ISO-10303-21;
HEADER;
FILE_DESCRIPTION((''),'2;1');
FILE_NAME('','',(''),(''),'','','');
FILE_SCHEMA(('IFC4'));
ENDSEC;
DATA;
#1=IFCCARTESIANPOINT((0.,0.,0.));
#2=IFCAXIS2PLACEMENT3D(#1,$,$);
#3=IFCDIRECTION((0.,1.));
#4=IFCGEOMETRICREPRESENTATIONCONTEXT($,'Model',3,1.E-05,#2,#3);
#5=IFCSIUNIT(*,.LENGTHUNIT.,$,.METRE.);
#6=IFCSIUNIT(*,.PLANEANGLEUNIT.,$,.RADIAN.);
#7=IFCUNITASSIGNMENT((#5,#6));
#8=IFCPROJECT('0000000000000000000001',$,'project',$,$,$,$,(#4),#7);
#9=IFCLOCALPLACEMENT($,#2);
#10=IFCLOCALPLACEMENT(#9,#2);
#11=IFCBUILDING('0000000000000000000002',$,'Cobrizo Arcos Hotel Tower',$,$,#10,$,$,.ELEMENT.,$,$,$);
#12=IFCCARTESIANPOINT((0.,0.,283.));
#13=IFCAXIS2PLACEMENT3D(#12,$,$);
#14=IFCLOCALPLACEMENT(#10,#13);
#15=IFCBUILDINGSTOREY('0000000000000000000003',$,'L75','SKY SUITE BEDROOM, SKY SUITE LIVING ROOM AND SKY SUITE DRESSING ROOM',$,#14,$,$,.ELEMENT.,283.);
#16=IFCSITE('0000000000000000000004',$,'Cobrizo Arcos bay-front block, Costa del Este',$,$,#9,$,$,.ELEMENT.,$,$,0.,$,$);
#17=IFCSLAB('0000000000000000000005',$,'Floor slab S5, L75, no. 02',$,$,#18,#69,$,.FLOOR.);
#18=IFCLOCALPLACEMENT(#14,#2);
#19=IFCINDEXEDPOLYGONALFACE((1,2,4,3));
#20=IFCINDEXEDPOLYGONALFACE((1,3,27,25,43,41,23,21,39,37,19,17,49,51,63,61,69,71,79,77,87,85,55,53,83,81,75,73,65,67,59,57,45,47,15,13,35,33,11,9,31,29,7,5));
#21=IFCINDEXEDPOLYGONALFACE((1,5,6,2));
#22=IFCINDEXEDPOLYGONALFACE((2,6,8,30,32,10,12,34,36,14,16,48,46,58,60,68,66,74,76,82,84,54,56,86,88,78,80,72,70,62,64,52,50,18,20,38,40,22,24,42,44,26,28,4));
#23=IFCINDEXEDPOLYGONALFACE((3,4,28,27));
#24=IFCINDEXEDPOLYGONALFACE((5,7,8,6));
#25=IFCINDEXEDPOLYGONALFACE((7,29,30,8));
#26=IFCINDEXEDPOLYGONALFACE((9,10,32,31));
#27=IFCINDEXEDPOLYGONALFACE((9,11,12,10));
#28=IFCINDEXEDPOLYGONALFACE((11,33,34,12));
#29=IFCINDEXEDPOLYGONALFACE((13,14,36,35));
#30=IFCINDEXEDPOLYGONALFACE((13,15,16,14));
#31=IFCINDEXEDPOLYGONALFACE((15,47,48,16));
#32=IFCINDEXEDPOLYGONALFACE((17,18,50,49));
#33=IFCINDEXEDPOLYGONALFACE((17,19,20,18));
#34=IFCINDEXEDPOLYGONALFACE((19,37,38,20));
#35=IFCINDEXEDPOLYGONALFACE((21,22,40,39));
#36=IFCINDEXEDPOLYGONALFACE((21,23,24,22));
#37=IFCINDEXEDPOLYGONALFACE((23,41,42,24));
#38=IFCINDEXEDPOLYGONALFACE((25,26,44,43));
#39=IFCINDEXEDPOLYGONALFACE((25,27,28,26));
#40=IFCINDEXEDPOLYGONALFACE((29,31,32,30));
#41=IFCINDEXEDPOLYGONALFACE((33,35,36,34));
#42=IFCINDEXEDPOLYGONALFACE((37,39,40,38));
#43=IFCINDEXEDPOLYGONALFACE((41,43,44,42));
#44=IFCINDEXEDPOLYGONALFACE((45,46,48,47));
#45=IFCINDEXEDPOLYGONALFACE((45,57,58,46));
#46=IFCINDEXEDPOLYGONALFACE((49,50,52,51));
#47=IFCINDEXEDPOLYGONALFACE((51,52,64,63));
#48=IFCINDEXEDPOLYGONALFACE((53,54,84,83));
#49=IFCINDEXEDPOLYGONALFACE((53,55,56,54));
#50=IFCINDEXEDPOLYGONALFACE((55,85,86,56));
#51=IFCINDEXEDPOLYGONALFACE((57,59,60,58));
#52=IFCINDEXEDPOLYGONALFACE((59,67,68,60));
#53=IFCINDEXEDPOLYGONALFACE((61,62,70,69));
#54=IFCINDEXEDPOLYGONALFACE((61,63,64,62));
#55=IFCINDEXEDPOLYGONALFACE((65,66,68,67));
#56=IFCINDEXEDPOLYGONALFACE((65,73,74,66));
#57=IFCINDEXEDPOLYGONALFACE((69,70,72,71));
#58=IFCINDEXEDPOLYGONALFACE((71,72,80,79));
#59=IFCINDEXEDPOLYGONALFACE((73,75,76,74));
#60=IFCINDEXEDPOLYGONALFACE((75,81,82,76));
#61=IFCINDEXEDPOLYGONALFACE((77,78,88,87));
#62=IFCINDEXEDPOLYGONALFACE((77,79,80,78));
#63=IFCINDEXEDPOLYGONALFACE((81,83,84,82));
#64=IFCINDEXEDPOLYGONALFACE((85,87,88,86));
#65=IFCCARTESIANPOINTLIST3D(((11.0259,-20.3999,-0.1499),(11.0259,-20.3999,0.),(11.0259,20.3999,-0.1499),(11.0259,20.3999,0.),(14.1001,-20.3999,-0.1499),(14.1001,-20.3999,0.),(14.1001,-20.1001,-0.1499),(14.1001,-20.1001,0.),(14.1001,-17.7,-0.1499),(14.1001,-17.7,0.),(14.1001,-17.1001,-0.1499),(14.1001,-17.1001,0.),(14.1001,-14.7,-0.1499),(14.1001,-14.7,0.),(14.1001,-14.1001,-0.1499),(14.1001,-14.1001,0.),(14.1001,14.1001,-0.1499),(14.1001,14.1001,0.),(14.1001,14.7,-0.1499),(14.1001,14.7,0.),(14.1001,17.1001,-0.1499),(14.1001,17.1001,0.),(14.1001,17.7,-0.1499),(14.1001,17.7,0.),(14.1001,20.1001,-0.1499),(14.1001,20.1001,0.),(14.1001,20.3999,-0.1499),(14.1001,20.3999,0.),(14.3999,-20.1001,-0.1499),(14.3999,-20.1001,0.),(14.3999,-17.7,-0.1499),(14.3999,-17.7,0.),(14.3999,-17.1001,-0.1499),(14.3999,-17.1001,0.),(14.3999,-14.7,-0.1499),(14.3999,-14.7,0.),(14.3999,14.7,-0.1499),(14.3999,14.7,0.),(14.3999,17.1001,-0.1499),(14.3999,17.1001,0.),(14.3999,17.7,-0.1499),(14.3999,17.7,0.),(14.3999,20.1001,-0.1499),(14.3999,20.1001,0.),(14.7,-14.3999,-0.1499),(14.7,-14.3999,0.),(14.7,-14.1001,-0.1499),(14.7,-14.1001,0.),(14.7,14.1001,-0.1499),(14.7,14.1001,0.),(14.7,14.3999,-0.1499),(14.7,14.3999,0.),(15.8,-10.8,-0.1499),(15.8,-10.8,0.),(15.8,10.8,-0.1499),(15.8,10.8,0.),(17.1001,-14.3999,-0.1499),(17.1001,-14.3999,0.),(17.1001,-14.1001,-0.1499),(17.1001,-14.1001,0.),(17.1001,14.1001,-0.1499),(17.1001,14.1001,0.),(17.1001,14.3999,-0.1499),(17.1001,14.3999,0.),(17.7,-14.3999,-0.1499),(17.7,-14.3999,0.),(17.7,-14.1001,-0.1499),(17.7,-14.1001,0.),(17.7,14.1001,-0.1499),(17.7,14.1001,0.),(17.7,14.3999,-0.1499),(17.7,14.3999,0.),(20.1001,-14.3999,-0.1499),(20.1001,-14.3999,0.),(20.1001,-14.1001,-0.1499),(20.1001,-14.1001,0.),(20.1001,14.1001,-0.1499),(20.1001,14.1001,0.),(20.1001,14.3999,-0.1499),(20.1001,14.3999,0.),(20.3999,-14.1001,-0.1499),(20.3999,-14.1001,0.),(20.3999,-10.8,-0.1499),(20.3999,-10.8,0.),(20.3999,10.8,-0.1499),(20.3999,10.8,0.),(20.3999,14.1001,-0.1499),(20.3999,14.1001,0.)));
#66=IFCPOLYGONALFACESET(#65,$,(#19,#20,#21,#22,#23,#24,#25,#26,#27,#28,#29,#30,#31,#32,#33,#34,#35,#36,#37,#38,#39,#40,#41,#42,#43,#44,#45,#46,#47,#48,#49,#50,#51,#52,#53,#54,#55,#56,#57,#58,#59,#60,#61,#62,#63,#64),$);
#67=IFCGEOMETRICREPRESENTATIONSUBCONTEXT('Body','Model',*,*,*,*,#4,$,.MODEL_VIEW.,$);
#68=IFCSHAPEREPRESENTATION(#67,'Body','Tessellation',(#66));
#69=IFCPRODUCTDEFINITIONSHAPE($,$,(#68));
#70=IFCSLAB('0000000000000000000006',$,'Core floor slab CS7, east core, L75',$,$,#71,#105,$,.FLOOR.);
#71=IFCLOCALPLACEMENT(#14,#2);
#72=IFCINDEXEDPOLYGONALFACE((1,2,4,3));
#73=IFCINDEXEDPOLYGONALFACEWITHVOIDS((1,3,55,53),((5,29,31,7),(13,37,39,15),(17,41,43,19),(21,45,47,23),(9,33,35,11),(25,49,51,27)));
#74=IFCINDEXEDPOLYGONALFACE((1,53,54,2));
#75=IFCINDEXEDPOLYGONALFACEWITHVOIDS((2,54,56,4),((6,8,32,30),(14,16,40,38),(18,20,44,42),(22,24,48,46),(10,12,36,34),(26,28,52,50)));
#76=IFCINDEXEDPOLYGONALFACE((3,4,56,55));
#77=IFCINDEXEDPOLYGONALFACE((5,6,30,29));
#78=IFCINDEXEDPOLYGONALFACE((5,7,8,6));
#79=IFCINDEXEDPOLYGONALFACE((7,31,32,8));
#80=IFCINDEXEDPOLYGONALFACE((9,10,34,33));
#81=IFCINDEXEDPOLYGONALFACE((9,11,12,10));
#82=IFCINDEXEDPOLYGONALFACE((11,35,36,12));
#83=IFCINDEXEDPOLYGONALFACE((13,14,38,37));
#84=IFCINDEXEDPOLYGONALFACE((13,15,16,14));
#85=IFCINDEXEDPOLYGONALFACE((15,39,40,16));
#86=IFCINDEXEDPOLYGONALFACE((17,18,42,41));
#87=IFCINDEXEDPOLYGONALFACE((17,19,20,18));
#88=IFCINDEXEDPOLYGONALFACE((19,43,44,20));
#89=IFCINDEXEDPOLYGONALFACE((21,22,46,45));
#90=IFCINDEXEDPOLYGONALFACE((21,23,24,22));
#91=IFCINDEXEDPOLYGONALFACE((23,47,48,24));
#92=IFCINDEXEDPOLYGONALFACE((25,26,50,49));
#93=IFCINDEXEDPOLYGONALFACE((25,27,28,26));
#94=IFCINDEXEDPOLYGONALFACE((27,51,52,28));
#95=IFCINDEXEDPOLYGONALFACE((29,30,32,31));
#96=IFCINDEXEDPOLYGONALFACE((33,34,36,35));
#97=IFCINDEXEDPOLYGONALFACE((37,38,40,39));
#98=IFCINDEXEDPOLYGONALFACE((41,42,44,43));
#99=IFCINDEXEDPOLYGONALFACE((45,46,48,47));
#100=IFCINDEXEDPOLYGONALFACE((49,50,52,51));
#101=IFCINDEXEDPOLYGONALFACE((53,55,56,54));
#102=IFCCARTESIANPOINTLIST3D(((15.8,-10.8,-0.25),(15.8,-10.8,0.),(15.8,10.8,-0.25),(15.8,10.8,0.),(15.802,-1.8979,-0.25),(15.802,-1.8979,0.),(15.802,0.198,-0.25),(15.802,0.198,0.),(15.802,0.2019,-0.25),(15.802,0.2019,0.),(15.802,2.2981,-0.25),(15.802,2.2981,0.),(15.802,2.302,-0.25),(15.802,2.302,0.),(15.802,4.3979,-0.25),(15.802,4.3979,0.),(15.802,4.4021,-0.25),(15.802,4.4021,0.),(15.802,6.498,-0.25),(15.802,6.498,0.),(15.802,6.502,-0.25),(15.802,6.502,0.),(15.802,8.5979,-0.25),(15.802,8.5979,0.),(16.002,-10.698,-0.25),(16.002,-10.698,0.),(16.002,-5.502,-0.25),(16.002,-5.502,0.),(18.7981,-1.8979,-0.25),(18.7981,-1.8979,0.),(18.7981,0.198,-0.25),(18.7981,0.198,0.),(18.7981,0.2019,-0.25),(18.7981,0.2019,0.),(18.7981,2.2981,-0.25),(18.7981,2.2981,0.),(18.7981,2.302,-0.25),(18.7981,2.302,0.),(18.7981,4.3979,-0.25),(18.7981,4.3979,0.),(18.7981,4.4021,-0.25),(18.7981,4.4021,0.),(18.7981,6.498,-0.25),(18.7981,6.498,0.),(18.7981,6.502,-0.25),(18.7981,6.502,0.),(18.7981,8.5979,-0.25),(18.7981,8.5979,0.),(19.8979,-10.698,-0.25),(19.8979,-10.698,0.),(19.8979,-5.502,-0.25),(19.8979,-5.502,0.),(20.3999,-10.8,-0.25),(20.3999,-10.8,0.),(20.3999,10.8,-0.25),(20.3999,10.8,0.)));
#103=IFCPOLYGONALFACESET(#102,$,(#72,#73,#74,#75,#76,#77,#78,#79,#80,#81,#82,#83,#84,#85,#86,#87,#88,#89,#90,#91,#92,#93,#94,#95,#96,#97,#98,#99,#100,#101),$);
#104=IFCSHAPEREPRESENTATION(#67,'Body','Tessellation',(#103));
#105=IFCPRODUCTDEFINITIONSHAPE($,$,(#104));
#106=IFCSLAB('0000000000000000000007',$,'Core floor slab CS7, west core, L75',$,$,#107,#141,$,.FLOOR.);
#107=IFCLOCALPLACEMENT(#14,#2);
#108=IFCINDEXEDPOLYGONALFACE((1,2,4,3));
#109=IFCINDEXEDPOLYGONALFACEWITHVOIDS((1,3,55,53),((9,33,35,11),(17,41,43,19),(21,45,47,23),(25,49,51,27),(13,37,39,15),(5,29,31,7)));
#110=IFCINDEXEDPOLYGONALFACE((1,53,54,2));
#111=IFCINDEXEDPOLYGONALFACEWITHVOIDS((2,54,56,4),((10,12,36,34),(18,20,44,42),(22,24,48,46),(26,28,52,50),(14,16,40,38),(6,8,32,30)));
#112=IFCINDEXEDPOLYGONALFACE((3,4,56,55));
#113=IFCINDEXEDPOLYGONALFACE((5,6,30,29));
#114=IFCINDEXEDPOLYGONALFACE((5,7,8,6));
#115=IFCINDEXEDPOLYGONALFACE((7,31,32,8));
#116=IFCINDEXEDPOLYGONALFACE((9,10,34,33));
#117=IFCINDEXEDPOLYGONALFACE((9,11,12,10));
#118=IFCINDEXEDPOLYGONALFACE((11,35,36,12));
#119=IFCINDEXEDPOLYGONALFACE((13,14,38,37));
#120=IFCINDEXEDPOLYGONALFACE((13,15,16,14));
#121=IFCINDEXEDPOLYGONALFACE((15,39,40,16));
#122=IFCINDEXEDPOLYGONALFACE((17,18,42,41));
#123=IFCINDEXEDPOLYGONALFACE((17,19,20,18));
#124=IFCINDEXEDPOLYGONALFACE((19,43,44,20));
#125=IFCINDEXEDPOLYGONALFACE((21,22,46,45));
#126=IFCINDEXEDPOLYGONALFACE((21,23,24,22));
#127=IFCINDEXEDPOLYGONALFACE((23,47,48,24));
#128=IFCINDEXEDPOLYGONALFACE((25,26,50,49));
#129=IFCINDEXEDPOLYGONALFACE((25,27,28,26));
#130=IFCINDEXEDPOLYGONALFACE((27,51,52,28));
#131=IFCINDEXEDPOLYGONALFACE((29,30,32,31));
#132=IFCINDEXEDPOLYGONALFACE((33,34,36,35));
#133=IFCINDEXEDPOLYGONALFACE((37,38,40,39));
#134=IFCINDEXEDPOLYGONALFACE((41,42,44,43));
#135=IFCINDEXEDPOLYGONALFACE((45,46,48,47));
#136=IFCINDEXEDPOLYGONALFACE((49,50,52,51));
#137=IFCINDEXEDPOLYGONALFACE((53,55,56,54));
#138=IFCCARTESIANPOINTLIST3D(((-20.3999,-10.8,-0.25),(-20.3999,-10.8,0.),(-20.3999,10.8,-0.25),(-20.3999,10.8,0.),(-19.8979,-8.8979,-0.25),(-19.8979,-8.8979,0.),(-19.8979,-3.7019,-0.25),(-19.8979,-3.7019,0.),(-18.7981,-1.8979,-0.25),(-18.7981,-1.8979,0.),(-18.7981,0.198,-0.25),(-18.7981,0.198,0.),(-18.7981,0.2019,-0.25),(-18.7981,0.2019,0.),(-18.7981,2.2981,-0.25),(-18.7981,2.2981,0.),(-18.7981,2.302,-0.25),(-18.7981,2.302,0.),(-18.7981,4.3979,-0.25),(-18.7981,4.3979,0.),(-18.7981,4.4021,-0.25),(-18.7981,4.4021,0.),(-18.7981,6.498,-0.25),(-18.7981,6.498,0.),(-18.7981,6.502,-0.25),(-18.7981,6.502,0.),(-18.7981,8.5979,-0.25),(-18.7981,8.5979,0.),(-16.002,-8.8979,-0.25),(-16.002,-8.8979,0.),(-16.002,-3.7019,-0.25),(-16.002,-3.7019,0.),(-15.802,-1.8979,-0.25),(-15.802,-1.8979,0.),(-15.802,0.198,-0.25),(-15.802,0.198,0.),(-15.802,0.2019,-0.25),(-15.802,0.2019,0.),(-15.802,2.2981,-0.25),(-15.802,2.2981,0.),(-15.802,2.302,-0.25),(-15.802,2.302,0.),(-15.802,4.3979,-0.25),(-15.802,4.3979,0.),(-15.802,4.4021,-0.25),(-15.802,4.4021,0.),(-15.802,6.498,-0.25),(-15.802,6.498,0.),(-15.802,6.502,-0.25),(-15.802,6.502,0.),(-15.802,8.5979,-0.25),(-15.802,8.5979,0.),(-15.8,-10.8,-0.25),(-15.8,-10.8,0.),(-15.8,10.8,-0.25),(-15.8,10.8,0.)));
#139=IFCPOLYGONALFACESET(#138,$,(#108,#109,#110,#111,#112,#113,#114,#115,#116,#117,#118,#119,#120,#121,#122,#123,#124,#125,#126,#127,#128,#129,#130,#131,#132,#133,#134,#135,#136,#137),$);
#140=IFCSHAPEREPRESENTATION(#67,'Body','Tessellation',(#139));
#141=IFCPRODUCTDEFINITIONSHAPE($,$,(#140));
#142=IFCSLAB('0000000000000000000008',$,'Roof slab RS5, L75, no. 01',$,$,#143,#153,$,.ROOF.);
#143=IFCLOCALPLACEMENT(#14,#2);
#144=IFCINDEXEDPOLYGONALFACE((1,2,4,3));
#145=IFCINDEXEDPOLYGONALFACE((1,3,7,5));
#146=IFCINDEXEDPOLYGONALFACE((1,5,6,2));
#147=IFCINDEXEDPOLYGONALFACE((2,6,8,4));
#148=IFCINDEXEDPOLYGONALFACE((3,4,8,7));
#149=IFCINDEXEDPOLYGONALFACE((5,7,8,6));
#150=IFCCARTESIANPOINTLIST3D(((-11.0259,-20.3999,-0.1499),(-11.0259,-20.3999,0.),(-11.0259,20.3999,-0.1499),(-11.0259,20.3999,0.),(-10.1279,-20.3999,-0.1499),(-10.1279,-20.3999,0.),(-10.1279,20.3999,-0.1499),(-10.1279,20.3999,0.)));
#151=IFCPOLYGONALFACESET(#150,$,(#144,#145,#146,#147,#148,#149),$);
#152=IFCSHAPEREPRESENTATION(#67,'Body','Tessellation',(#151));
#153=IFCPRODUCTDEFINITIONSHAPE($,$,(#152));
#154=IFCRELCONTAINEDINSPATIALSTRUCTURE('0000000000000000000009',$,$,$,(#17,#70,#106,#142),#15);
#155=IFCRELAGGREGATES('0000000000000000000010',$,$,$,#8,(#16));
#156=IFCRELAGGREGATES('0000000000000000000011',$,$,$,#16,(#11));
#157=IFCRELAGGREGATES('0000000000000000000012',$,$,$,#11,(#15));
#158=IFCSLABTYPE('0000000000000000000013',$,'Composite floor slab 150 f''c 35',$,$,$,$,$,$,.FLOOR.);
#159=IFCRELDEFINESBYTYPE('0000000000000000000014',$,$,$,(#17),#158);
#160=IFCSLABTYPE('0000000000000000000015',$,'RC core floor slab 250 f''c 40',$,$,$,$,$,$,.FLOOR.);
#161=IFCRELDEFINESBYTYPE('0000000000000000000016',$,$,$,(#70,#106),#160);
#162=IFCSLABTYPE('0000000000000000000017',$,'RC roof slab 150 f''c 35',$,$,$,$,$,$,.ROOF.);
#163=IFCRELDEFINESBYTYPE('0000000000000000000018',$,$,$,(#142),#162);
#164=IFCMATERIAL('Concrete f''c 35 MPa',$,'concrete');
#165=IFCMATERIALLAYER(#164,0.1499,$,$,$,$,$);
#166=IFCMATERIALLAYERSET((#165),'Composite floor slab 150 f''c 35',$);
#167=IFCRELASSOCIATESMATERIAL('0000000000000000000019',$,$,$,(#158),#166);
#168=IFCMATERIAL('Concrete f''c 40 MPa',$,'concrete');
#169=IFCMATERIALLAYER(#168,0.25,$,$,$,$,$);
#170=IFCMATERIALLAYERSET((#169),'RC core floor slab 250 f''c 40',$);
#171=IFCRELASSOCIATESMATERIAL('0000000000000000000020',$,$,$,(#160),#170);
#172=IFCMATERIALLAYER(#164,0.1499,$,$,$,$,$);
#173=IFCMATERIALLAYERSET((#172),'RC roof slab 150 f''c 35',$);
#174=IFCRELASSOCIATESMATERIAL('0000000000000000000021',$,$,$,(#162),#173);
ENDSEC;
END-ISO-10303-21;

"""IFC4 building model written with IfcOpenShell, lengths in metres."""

from ifc_helpers import new_model, si_unit, direction, frame, origin, place, context, subcontext, project, spatial, polyline, outline, extrude, material, layer, layer_set, type_object, element, save


model = new_model("IFC4")

# Units and contexts
model_context = context("Model", 3, precision=1e-05, world=origin(), true_north=direction((0.0, 1.0)))
body_context = subcontext(model_context, "Body", "Model", "MODEL_VIEW")
ifc_project = project(units=[si_unit("LENGTHUNIT", "METRE"), si_unit("PLANEANGLEUNIT", "RADIAN")], contexts=[model_context])

# Site, building, storey
site_placement = place(None, origin())
site = spatial("IfcSite", under=ifc_project, at=site_placement, Name="Cobrizo Arcos bay-front block, Costa del Este", CompositionType="ELEMENT", RefElevation=0.0)
building_placement = place(site_placement, origin())
building = spatial("IfcBuilding", under=site, at=building_placement, Name="Cobrizo Arcos Hotel Tower", CompositionType="ELEMENT")
storey_placement = place(building_placement, frame((0.0, 0.0, 283.0)))
storey = spatial("IfcBuildingStorey", under=building, at=storey_placement, Name="L75", Description="SKY SUITE BEDROOM, SKY SUITE LIVING ROOM AND SKY SUITE DRESSING ROOM", CompositionType="ELEMENT", Elevation=283.0)

# Slabs
ifc_material_1 = material(Name="Concrete f'c 35 MPa", Category="concrete")
ifc_layer_1 = layer(ifc_material_1, 0.1499)
ifc_layer_set_1 = layer_set([ifc_layer_1], Name="Composite floor slab 150 f'c 35")
slab_type_1 = type_object("IfcSlabType", Name="Composite floor slab 150 f'c 35", PredefinedType="FLOOR", material=ifc_layer_set_1)
slab_1_placement = place(storey_placement, frame((0.0, 0.0, -0.1499)))
element("IfcSlab", 1, at=slab_1_placement, inside=storey, type_object=slab_type_1, Name="Floor slab S5, L75, no. 02", PredefinedType="FLOOR", context=body_context, shape_type="SweptSolid", body=[
    extrude(outline(polyline([(14.3999, 17.7), (14.1001, 17.7), (14.1001, 17.1001), (14.3999, 17.1001), (14.3999, 14.7), (14.1001, 14.7), (14.1001, 14.1001), (14.7, 14.1001), (14.7, 14.3999), (17.1001, 14.3999), (17.1001, 14.1001), (17.7, 14.1001), (17.7, 14.3999), (20.1001, 14.3999), (20.1001, 14.1001), (20.3999, 14.1001), (20.3999, 10.8), (15.8, 10.8), (15.8, -10.8), (20.3999, -10.8), (20.3999, -14.1001), (20.1001, -14.1001), (20.1001, -14.3999), (17.7, -14.3999), (17.7, -14.1001), (17.1001, -14.1001), (17.1001, -14.3999), (14.7, -14.3999), (14.7, -14.1001), (14.1001, -14.1001), (14.1001, -14.7), (14.3999, -14.7), (14.3999, -17.1001), (14.1001, -17.1001), (14.1001, -17.7), (14.3999, -17.7), (14.3999, -20.1001), (14.1001, -20.1001), (14.1001, -20.3999), (11.0259, -20.3999), (11.0259, 20.3999), (14.1001, 20.3999), (14.1001, 20.1001), (14.3999, 20.1001), (14.3999, 17.7)])), origin(), (0.0, 0.0, 1.0), 0.1499),
])
ifc_material_2 = material(Name="Concrete f'c 40 MPa", Category="concrete")
ifc_layer_2 = layer(ifc_material_2, 0.25)
ifc_layer_set_2 = layer_set([ifc_layer_2], Name="RC core floor slab 250 f'c 40")
slab_type_2 = type_object("IfcSlabType", Name="RC core floor slab 250 f'c 40", PredefinedType="FLOOR", material=ifc_layer_set_2)
slab_2_placement = place(storey_placement, frame((0.0, 0.0, -0.25)))
element("IfcSlab", 2, at=slab_2_placement, inside=storey, type_object=slab_type_2, Name="Core floor slab CS7, east core, L75", PredefinedType="FLOOR", context=body_context, shape_type="SweptSolid", body=[
    extrude(outline(polyline([(15.8, 10.8), (20.3999, 10.8), (20.3999, -10.8), (15.8, -10.8), (15.8, 10.8)]), holes=[polyline([(19.8979, -10.698), (19.8979, -5.502), (16.002, -5.502), (16.002, -10.698), (19.8979, -10.698)]), polyline([(15.802, 0.198), (15.802, -1.8979), (18.7981, -1.8979), (18.7981, 0.198), (15.802, 0.198)]), polyline([(15.802, 2.2981), (15.802, 0.2019), (18.7981, 0.2019), (18.7981, 2.2981), (15.802, 2.2981)]), polyline([(15.802, 4.3979), (15.802, 2.302), (18.7981, 2.302), (18.7981, 4.3979), (15.802, 4.3979)]), polyline([(18.7981, 6.498), (15.802, 6.498), (15.802, 4.4021), (18.7981, 4.4021), (18.7981, 6.498)]), polyline([(18.7981, 8.5979), (15.802, 8.5979), (15.802, 6.502), (18.7981, 6.502), (18.7981, 8.5979)])]), origin(), (0.0, 0.0, 1.0), 0.25),
])
slab_3_placement = place(storey_placement, frame((0.0, 0.0, -0.25)))
element("IfcSlab", 3, at=slab_3_placement, inside=storey, type_object=slab_type_2, Name="Core floor slab CS7, west core, L75", PredefinedType="FLOOR", context=body_context, shape_type="SweptSolid", body=[
    extrude(outline(polyline([(-20.3999, 10.8), (-15.8, 10.8), (-15.8, -10.8), (-20.3999, -10.8), (-20.3999, 10.8)]), holes=[polyline([(-19.8979, -3.7019), (-19.8979, -8.8979), (-16.002, -8.8979), (-16.002, -3.7019), (-19.8979, -3.7019)]), polyline([(-18.7981, 0.198), (-18.7981, -1.8979), (-15.802, -1.8979), (-15.802, 0.198), (-18.7981, 0.198)]), polyline([(-18.7981, 2.2981), (-18.7981, 0.2019), (-15.802, 0.2019), (-15.802, 2.2981), (-18.7981, 2.2981)]), polyline([(-18.7981, 4.3979), (-18.7981, 2.302), (-15.802, 2.302), (-15.802, 4.3979), (-18.7981, 4.3979)]), polyline([(-15.802, 6.498), (-18.7981, 6.498), (-18.7981, 4.4021), (-15.802, 4.4021), (-15.802, 6.498)]), polyline([(-15.802, 8.5979), (-18.7981, 8.5979), (-18.7981, 6.502), (-15.802, 6.502), (-15.802, 8.5979)])]), origin(), (0.0, 0.0, 1.0), 0.25),
])
ifc_layer_3 = layer(ifc_material_1, 0.1499)
ifc_layer_set_3 = layer_set([ifc_layer_3], Name="RC roof slab 150 f'c 35")
slab_type_3 = type_object("IfcSlabType", Name="RC roof slab 150 f'c 35", PredefinedType="ROOF", material=ifc_layer_set_3)
slab_4_placement = place(storey_placement, frame((0.0, 0.0, -0.1499)))
element("IfcSlab", 4, at=slab_4_placement, inside=storey, type_object=slab_type_3, Name="Roof slab RS5, L75, no. 01", PredefinedType="ROOF", context=body_context, shape_type="SweptSolid", body=[
    extrude(outline(polyline([(-11.0259, -20.3999), (-11.0259, 20.3999), (-10.1279, 20.3999), (-10.1279, -20.3999), (-11.0259, -20.3999)])), origin(), (0.0, 0.0, 1.0), 0.1499),
])

save(model, "model.ifc")
